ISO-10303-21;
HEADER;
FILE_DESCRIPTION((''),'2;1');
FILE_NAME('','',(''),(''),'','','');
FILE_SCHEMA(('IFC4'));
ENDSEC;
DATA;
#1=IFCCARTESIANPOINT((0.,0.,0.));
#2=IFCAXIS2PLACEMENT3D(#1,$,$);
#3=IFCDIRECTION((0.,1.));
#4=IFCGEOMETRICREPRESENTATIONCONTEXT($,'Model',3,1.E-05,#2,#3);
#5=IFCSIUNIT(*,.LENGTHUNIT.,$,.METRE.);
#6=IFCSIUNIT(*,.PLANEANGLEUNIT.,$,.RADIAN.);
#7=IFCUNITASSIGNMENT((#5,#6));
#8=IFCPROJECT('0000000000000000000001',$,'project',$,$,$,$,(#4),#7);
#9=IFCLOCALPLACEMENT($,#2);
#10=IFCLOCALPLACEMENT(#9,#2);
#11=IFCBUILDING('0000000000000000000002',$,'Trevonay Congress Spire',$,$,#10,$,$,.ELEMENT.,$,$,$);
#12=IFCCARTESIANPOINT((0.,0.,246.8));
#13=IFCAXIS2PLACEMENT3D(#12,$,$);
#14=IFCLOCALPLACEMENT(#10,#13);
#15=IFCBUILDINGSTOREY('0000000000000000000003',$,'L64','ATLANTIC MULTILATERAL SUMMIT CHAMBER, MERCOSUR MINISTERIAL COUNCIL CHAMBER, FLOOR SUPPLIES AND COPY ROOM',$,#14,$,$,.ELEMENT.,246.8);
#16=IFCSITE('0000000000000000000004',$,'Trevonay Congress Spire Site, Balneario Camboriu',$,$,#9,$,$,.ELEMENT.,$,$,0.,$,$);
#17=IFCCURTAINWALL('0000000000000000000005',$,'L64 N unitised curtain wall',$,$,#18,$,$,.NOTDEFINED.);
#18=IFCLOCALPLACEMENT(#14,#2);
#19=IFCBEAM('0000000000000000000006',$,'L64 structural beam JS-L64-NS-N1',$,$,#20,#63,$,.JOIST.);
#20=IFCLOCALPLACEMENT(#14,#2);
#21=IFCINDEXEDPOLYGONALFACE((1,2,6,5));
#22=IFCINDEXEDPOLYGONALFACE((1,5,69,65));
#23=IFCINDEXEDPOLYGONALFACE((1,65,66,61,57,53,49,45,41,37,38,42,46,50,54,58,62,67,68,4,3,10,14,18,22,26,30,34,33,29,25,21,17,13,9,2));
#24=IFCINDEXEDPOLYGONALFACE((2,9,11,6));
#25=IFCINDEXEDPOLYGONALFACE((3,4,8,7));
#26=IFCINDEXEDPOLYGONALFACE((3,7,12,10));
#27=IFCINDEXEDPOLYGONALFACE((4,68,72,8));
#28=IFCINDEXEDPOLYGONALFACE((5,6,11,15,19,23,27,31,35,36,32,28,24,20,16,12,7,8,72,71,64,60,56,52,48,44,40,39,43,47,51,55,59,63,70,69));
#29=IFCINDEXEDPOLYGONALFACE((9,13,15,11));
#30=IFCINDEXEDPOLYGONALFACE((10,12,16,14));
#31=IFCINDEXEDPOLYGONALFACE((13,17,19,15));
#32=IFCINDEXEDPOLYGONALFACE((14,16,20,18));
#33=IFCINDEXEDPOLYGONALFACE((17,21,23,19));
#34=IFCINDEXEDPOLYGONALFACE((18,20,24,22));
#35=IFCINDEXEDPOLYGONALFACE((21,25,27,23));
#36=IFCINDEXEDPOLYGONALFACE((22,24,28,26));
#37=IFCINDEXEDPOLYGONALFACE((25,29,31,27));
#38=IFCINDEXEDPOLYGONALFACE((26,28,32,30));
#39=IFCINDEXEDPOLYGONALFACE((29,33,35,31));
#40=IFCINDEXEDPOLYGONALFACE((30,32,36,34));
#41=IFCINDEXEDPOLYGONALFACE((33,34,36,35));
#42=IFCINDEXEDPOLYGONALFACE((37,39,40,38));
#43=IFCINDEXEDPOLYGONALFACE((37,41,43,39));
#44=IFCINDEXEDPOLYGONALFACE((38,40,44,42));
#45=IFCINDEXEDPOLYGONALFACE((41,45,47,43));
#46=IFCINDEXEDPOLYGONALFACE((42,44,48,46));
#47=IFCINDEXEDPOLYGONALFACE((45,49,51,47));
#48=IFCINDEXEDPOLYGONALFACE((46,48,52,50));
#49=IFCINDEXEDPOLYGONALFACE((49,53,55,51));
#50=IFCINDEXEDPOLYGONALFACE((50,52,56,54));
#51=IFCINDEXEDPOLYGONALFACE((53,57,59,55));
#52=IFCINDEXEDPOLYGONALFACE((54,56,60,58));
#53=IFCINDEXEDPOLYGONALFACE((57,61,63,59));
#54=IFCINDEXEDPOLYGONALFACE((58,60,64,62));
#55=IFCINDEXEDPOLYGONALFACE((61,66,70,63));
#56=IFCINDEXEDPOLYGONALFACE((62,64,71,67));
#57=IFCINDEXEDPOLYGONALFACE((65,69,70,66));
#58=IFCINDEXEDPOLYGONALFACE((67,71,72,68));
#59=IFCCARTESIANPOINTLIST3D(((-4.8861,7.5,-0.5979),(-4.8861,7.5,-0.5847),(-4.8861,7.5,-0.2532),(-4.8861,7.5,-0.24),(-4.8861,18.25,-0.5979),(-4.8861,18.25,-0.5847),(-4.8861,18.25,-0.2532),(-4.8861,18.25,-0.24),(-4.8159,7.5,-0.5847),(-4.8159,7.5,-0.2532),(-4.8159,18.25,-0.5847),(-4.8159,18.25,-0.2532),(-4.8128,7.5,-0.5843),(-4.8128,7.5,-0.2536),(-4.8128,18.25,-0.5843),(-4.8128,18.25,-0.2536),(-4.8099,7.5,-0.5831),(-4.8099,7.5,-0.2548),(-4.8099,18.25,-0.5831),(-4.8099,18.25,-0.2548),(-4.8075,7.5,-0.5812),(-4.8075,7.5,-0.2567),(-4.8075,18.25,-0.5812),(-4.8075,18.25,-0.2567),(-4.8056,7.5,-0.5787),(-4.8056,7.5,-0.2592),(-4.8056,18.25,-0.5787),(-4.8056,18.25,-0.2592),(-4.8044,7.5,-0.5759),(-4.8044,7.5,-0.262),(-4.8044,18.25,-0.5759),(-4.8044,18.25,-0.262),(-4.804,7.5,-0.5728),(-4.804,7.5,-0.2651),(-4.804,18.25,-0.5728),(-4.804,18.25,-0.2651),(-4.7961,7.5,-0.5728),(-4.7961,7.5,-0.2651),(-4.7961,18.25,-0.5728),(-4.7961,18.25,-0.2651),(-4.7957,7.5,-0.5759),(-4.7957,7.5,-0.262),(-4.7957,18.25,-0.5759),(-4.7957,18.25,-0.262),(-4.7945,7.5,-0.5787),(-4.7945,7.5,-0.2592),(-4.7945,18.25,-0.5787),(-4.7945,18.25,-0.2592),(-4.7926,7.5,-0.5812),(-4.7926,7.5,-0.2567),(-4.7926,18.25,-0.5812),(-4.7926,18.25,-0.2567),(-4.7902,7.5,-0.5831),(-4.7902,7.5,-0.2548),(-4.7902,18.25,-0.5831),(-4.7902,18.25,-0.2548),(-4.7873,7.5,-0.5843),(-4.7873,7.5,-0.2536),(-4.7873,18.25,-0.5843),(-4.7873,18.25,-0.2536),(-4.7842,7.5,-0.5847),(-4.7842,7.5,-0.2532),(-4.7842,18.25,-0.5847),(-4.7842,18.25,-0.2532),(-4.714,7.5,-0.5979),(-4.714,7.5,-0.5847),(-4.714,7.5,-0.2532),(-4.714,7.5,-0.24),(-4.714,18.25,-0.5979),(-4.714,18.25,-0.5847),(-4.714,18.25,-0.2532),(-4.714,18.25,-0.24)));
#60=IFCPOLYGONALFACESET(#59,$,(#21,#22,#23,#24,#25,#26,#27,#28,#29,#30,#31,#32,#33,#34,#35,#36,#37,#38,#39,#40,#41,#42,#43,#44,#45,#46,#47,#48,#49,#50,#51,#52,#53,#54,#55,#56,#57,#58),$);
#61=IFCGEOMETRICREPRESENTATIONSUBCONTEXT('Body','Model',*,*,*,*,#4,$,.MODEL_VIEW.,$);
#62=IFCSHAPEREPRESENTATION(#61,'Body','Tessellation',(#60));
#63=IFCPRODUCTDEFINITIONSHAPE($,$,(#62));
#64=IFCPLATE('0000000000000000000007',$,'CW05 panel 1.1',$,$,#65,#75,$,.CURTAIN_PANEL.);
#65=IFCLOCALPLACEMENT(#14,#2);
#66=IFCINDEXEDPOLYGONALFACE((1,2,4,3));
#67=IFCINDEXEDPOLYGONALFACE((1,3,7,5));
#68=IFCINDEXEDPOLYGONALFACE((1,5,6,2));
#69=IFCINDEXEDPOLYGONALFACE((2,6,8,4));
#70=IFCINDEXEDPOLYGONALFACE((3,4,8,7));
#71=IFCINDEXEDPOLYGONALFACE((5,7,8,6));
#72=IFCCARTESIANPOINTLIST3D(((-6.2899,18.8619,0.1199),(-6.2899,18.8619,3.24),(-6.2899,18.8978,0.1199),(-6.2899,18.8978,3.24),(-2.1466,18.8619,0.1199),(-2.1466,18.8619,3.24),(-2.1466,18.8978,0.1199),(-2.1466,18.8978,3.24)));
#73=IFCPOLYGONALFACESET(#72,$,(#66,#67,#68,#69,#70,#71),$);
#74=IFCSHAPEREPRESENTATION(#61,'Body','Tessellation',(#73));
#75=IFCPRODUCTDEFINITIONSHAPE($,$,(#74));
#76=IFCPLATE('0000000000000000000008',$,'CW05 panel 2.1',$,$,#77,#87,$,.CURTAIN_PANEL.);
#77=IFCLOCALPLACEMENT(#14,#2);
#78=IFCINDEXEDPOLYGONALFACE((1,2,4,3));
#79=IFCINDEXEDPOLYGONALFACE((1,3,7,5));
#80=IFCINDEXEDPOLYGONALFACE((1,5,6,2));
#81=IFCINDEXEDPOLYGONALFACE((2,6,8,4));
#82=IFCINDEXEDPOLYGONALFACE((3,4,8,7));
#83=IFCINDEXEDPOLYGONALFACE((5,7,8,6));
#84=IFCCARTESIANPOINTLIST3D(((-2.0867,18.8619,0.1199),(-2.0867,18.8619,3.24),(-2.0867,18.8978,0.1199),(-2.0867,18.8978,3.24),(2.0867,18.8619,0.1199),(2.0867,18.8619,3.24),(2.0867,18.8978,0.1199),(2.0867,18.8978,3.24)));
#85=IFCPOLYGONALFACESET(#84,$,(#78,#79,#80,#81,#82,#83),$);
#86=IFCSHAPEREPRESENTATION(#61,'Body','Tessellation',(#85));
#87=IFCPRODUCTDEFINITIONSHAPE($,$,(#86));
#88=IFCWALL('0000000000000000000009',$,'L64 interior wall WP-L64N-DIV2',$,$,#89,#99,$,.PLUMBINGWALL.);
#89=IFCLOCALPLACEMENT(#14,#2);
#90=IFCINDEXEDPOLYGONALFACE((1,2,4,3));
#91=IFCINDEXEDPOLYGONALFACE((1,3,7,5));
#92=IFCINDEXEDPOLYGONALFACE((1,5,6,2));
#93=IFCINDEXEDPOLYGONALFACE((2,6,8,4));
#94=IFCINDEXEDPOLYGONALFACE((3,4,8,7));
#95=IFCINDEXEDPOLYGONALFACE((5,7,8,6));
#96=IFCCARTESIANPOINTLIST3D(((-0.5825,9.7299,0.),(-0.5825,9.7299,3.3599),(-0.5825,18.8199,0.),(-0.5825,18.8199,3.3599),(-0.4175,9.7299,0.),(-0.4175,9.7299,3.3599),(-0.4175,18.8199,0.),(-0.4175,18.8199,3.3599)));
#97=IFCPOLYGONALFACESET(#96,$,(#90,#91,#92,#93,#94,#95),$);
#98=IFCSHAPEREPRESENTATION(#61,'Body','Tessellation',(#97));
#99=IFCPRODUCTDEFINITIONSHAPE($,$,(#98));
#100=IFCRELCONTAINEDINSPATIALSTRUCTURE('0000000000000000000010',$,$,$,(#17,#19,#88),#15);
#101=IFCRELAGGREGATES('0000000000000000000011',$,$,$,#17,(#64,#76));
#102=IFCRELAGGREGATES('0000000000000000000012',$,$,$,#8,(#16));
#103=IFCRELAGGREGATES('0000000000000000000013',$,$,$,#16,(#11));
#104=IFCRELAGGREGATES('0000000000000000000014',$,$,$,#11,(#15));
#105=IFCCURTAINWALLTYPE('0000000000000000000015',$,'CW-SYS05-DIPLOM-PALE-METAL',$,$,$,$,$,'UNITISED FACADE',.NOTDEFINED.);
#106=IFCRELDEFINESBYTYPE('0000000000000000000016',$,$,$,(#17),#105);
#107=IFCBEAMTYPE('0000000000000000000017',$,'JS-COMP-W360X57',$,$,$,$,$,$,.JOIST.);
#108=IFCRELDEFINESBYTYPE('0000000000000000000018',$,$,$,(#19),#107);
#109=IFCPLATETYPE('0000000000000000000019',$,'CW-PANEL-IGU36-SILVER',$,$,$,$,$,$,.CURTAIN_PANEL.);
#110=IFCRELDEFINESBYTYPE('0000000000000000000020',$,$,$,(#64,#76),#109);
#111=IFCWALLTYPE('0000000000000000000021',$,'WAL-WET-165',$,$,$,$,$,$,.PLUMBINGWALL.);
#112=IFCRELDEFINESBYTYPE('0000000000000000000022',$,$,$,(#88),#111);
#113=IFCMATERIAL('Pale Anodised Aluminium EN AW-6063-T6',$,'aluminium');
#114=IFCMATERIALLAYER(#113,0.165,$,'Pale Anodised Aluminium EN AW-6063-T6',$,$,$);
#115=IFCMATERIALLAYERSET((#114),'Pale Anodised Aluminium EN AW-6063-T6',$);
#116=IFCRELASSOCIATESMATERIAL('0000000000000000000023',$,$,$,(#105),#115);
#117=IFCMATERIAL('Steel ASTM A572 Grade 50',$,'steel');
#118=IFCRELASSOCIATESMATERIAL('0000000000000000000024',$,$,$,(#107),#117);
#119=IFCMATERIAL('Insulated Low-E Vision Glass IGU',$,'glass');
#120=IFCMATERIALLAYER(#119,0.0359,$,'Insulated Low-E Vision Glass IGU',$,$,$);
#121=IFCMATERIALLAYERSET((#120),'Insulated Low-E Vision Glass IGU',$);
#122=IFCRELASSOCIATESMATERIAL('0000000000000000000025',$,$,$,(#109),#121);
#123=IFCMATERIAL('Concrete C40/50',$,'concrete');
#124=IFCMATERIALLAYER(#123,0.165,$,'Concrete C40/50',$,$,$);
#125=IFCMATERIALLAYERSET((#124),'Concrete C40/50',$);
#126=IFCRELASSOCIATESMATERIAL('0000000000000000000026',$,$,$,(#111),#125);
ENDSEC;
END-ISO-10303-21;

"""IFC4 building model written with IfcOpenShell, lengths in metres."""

from ifc_helpers import new_model, si_unit, direction, frame, frame_2d, origin, origin_2d, place, context, subcontext, project, spatial, rectangle, i_section, extrude, material, layer, layer_set, material_profile, profile_set, type_object, element, aggregate, save


model = new_model("IFC4")

# Units and contexts
model_context = context("Model", 3, precision=1e-05, world=origin(), true_north=direction((0.0, 1.0)))
body_context = subcontext(model_context, "Body", "Model", "MODEL_VIEW")
ifc_project = project(units=[si_unit("LENGTHUNIT", "METRE"), si_unit("PLANEANGLEUNIT", "RADIAN")], contexts=[model_context])

# Site, building, storey
site_placement = place(None, origin())
site = spatial("IfcSite", under=ifc_project, at=site_placement, Name="Trevonay Congress Spire Site, Balneario Camboriu", CompositionType="ELEMENT", RefElevation=0.0)
building_placement = place(site_placement, origin())
building = spatial("IfcBuilding", under=site, at=building_placement, Name="Trevonay Congress Spire", CompositionType="ELEMENT")
storey_placement = place(building_placement, frame((0.0, 0.0, 246.8)))
storey = spatial("IfcBuildingStorey", under=building, at=storey_placement, Name="L64", Description="ATLANTIC MULTILATERAL SUMMIT CHAMBER, MERCOSUR MINISTERIAL COUNCIL CHAMBER, FLOOR SUPPLIES AND COPY ROOM", CompositionType="ELEMENT", Elevation=246.8)

# Shared definitions
ifc_material_1 = material(Name="Steel ASTM A572 Grade 50", Category="steel")

# Curtain wall
ifc_material_2 = material(Name="Pale Anodised Aluminium EN AW-6063-T6", Category="aluminium")
ifc_layer_1 = layer(ifc_material_2, 0.165, Name="Pale Anodised Aluminium EN AW-6063-T6")
ifc_layer_set_1 = layer_set([ifc_layer_1], Name="Pale Anodised Aluminium EN AW-6063-T6")
curtain_wall_type = type_object("IfcCurtainWallType", Name="CW-SYS05-DIPLOM-PALE-METAL", ElementType="UNITISED FACADE", PredefinedType="NOTDEFINED", material=ifc_layer_set_1)
curtain_wall_placement = place(storey_placement, origin())
curtain_wall = element("IfcCurtainWall", 1, at=curtain_wall_placement, inside=storey, type_object=curtain_wall_type, Name="L64 N unitised curtain wall", PredefinedType="NOTDEFINED")

# Beam
ifc_material_profile_1 = material_profile(ifc_material_1, i_section(OverallWidth=0.1721, OverallDepth=0.3579, WebThickness=0.0078, FlangeThickness=0.0132, FilletRadius=0.012, at=origin_2d()), Name="W360x57.8")
ifc_profile_set_1 = profile_set([ifc_material_profile_1], Name="Steel ASTM A572 Grade 50")
beam_type_1 = type_object("IfcBeamType", Name="JS-COMP-W360X57", PredefinedType="JOIST", material=ifc_profile_set_1)
beam_1_placement = place(storey_placement, frame((-4.8, 7.5, -0.4189), z_axis=(0.0, 1.0, 0.0), x_axis=(-1.0, 0.0, 0.0)))
element("IfcBeam", 2, at=beam_1_placement, inside=storey, type_object=beam_type_1, Name="L64 structural beam JS-L64-NS-N1", PredefinedType="JOIST", context=body_context, shape_type="SweptSolid", body=[
    extrude(i_section(OverallWidth=0.1721, OverallDepth=0.3579, WebThickness=0.0078, FlangeThickness=0.0132, FilletRadius=0.012, at=origin_2d()), origin(), (0.0, 0.0, 1.0), 10.75),
])

# Plates
ifc_material_3 = material(Name="Insulated Low-E Vision Glass IGU", Category="glass")
ifc_layer_2 = layer(ifc_material_3, 0.0359, Name="Insulated Low-E Vision Glass IGU")
ifc_layer_set_2 = layer_set([ifc_layer_2], Name="Insulated Low-E Vision Glass IGU")
plate_type = type_object("IfcPlateType", Name="CW-PANEL-IGU36-SILVER", PredefinedType="CURTAIN_PANEL", material=ifc_layer_set_2)
plate_1_placement = place(storey_placement, frame((-4.2183, 18.8799, 0.1199), z_axis=(0.0, 0.0, 1.0), x_axis=(1.0, 0.0, 0.0)))
plate_1 = element("IfcPlate", 3, at=plate_1_placement, type_object=plate_type, Name="CW05 panel 1.1", PredefinedType="CURTAIN_PANEL", context=body_context, shape_type="SweptSolid", body=[
    extrude(rectangle(XDim=4.1433, YDim=0.0359, at=origin_2d()), origin(), (0.0, 0.0, 1.0), 3.1201),
])
plate_2_placement = place(storey_placement, frame((0.0, 18.8799, 0.1199), z_axis=(0.0, 0.0, 1.0), x_axis=(1.0, 0.0, 0.0)))
plate_2 = element("IfcPlate", 4, at=plate_2_placement, type_object=plate_type, Name="CW05 panel 2.1", PredefinedType="CURTAIN_PANEL", context=body_context, shape_type="SweptSolid", body=[
    extrude(rectangle(XDim=4.1733, YDim=0.0359, at=origin_2d()), origin(), (0.0, 0.0, 1.0), 3.1201),
])
aggregate(curtain_wall, [plate_1, plate_2])

# Wall
ifc_material_4 = material(Name="Concrete C40/50", Category="concrete")
ifc_layer_3 = layer(ifc_material_4, 0.165, Name="Concrete C40/50")
ifc_layer_set_3 = layer_set([ifc_layer_3], Name="Concrete C40/50")
wall_type = type_object("IfcWallType", Name="WAL-WET-165", PredefinedType="PLUMBINGWALL", material=ifc_layer_set_3)
wall_placement = place(storey_placement, frame((-0.5, 9.73, 0.0), z_axis=(0.0, 0.0, 1.0), x_axis=(0.0, 1.0, 0.0)))
element("IfcWall", 5, at=wall_placement, inside=storey, type_object=wall_type, Name="L64 interior wall WP-L64N-DIV2", PredefinedType="PLUMBINGWALL", context=body_context, shape_type="SweptSolid", body=[
    extrude(rectangle(XDim=9.0901, YDim=0.165, at=frame_2d((4.5449, 0.0))), origin(), (0.0, 0.0, 1.0), 3.3599),
])

save(model, "model.ifc")
